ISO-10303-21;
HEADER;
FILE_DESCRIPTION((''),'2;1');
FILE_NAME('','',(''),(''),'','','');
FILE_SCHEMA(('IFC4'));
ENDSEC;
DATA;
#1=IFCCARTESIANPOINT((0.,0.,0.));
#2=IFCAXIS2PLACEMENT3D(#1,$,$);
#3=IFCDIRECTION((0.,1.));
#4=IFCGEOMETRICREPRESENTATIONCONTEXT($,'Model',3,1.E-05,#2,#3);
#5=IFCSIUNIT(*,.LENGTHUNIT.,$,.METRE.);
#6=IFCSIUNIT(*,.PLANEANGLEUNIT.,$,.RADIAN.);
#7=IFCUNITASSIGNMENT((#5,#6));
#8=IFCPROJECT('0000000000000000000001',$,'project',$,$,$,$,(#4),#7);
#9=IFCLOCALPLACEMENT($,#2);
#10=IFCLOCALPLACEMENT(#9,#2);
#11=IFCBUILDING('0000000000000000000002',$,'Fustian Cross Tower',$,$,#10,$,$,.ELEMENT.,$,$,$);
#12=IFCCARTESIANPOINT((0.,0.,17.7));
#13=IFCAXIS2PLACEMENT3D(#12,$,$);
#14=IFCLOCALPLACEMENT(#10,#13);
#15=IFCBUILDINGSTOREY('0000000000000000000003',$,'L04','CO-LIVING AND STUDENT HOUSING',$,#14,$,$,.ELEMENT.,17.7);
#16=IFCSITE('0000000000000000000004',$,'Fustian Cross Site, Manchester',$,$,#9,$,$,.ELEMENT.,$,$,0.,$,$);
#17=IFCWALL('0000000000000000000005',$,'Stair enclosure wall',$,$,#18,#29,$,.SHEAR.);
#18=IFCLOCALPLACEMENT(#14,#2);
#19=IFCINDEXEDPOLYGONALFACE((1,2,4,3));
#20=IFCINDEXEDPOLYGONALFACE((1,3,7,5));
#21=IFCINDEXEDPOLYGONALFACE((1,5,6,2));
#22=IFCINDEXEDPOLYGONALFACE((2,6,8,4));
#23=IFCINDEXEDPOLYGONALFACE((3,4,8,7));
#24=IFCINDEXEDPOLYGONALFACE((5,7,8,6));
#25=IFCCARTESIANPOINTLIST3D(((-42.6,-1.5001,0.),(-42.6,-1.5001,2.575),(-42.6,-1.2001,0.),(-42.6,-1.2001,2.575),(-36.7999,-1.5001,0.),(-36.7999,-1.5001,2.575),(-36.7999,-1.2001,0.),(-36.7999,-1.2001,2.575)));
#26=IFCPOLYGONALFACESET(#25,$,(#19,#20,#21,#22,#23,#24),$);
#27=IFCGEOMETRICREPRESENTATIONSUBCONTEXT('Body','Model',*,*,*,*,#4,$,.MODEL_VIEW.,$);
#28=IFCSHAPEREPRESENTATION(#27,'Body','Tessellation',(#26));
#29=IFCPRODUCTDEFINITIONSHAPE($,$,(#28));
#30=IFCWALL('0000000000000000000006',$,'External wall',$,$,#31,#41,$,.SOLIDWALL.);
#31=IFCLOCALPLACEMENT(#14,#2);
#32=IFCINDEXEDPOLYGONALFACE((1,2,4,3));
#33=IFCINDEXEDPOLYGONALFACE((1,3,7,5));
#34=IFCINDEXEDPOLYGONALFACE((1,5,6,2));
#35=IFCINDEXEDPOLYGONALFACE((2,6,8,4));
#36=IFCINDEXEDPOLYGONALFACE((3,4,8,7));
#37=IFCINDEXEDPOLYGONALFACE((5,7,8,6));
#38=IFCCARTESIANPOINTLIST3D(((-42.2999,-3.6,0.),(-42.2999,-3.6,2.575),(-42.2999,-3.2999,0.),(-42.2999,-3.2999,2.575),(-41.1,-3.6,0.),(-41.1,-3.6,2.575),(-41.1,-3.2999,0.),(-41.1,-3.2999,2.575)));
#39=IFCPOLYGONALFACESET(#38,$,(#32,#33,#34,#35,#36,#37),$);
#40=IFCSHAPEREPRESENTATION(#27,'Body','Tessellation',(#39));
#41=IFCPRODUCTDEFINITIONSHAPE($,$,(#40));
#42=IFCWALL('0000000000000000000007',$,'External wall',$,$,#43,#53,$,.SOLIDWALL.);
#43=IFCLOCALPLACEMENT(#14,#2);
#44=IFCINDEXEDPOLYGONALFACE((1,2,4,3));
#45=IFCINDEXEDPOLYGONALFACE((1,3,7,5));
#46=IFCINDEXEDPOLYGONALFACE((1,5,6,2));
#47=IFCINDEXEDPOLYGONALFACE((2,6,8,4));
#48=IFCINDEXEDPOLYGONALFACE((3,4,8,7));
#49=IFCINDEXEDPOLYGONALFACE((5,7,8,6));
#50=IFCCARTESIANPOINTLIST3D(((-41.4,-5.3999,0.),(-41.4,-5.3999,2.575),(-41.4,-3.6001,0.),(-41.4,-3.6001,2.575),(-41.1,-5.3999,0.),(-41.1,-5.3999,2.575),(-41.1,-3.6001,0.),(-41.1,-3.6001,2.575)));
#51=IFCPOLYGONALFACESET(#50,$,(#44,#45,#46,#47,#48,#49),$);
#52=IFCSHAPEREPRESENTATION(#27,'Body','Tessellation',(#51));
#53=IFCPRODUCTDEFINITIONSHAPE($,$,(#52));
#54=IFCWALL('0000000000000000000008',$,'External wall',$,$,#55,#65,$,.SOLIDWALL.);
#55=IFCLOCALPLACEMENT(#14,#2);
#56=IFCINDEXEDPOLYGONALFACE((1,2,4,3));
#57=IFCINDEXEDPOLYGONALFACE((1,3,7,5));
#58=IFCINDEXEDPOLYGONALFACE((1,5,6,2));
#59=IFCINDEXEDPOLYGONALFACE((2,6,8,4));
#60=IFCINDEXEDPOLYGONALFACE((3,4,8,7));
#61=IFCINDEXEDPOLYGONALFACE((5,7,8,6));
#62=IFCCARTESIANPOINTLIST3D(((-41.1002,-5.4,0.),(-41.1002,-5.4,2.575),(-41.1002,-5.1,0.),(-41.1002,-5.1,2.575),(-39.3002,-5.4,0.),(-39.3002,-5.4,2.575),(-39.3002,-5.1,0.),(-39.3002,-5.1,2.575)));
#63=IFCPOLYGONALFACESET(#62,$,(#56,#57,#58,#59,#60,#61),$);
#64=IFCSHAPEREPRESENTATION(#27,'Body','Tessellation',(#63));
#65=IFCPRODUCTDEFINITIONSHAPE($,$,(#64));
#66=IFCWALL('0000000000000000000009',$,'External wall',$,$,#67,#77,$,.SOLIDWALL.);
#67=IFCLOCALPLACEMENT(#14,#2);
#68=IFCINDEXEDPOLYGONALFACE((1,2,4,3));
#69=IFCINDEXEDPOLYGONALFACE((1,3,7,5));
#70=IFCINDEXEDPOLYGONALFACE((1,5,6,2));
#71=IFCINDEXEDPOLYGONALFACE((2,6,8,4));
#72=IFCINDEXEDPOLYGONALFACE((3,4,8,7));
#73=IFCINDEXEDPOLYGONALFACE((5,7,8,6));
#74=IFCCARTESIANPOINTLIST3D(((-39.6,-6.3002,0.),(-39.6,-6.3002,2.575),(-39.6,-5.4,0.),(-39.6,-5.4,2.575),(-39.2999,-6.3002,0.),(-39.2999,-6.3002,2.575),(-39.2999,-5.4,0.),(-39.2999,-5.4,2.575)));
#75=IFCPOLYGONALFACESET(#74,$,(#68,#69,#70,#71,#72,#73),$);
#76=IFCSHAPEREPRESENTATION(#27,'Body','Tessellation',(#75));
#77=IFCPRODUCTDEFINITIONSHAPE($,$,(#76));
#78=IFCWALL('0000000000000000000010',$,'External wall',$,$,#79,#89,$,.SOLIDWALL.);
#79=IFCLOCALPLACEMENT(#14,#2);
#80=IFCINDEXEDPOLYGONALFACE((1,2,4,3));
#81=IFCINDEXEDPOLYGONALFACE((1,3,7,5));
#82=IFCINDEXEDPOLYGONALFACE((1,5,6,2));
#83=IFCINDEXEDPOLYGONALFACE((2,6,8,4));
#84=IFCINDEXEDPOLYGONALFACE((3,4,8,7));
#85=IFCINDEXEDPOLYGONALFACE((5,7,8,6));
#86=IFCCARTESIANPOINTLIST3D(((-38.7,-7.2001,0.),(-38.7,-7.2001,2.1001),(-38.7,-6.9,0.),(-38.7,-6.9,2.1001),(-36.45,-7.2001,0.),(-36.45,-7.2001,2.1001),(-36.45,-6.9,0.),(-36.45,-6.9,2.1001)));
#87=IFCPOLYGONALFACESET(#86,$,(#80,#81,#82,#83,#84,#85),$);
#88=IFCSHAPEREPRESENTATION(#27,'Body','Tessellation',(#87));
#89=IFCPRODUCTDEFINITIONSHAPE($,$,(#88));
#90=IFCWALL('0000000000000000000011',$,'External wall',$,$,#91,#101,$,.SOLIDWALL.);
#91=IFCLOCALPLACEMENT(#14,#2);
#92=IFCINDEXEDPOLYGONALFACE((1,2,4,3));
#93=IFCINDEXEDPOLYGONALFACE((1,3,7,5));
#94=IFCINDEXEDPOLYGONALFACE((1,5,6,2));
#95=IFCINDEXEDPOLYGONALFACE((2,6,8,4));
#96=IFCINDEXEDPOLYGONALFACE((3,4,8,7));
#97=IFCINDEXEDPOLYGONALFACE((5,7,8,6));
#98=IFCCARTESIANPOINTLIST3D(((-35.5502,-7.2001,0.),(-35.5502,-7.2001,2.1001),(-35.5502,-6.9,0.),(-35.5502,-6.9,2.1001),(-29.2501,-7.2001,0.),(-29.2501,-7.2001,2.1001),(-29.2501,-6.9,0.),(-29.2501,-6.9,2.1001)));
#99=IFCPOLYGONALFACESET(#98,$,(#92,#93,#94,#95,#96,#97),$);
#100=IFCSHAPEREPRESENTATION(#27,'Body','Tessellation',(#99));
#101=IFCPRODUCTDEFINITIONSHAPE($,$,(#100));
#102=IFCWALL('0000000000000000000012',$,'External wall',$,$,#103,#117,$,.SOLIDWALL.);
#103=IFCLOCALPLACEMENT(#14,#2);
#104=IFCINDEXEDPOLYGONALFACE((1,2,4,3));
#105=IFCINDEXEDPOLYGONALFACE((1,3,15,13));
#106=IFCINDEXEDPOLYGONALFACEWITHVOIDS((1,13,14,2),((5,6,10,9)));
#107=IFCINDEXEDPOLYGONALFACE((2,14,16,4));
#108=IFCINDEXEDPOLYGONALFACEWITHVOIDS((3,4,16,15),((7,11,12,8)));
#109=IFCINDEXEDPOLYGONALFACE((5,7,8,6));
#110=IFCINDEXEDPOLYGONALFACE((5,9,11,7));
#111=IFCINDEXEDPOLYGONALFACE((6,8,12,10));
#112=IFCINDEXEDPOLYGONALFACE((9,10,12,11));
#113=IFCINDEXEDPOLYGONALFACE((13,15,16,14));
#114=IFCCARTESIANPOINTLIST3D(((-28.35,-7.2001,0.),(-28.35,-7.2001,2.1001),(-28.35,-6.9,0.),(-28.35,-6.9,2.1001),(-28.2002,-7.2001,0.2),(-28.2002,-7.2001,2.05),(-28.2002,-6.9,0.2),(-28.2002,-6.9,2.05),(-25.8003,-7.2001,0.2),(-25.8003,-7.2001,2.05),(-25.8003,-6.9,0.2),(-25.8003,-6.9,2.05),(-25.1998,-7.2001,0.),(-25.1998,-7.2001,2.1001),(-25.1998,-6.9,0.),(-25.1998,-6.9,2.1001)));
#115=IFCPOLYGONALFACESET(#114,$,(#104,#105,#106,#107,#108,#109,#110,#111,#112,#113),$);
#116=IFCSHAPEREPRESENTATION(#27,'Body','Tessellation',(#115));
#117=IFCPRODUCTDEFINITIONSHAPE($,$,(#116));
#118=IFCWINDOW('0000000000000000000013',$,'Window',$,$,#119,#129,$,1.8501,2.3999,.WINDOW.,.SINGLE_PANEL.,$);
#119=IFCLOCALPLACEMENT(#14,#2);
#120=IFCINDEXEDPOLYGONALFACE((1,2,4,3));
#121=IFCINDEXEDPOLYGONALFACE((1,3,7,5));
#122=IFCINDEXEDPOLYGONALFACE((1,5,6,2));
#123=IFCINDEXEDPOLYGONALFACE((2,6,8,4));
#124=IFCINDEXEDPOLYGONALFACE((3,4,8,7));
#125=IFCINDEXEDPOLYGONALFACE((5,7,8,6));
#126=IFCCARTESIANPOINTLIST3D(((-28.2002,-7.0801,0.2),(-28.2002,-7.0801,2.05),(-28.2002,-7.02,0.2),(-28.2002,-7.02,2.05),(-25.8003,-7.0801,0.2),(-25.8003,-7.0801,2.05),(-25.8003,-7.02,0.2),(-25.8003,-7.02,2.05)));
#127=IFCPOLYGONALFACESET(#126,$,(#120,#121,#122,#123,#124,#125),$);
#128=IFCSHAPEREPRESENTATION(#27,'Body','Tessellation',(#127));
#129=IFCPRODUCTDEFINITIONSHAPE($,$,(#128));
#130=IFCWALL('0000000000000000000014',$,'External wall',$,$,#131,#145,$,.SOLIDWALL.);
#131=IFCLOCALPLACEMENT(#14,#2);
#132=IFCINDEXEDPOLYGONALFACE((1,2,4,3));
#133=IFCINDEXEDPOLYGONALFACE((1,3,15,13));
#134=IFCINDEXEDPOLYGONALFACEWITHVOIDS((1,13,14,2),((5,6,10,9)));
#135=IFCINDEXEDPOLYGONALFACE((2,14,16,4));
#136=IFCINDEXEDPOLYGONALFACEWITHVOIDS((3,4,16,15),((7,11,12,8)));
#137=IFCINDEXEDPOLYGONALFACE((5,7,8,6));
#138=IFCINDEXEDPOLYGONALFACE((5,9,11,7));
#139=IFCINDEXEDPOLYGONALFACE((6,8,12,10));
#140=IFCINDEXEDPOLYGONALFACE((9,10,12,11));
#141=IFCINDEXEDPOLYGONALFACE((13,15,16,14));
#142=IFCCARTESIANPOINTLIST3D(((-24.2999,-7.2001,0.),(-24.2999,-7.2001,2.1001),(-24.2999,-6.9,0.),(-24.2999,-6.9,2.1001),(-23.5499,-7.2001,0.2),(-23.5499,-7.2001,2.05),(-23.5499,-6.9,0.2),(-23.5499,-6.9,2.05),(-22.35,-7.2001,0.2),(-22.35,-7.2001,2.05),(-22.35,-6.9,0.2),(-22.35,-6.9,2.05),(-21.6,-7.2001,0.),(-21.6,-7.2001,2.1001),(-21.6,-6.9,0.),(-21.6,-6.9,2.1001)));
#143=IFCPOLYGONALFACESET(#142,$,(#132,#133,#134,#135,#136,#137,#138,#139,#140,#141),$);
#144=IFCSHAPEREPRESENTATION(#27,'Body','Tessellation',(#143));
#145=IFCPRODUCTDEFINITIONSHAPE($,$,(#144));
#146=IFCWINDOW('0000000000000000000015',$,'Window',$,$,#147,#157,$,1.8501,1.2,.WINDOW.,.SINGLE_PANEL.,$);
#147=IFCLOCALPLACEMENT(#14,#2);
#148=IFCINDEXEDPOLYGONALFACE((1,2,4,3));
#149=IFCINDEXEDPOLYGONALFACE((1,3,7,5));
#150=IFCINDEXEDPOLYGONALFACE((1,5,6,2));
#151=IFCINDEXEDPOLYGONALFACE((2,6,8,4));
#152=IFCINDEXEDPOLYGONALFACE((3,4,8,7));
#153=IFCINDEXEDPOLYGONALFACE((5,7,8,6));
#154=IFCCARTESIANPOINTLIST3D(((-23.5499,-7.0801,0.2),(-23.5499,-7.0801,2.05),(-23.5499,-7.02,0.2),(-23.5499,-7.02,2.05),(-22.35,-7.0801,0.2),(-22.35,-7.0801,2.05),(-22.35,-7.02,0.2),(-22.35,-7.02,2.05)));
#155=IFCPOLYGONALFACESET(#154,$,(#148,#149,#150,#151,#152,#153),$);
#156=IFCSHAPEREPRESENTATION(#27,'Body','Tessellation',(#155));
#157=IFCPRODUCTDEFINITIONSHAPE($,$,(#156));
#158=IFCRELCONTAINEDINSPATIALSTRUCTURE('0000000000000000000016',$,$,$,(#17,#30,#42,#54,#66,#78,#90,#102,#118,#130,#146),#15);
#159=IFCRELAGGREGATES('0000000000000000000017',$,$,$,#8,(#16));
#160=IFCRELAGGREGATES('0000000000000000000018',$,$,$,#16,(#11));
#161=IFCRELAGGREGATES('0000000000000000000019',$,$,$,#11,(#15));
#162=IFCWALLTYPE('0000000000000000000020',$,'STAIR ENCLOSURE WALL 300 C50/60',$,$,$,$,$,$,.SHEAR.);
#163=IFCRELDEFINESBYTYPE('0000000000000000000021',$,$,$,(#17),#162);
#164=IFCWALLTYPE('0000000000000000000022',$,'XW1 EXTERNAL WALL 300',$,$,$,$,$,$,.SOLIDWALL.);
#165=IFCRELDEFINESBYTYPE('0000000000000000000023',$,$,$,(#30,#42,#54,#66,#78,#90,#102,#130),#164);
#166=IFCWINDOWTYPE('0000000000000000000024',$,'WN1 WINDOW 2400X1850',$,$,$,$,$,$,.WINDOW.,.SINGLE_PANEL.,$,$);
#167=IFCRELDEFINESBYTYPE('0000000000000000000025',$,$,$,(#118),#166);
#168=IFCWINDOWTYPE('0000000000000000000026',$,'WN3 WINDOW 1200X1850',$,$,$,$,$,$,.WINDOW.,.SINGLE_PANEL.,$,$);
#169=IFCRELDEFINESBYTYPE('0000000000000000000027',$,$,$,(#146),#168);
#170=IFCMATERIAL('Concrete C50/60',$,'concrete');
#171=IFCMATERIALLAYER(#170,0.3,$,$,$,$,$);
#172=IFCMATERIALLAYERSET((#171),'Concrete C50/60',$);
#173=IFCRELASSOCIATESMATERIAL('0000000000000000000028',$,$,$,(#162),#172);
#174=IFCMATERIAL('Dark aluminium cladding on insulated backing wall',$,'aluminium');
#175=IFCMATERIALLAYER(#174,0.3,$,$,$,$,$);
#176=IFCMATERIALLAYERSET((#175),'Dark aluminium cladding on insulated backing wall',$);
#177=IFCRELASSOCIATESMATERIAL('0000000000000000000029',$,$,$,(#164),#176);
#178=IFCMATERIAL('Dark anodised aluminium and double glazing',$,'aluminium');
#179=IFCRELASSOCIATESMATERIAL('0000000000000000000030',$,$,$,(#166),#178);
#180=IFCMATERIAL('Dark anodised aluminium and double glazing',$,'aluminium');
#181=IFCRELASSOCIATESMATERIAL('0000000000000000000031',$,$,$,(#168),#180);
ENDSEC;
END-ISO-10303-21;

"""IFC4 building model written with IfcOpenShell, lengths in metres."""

from ifc_helpers import new_model, si_unit, direction, frame, frame_2d, origin, place, context, subcontext, project, spatial, rectangle, extrude, material, layer, layer_set, type_object, element, fill, save


model = new_model("IFC4")

# Units and contexts
model_context = context("Model", 3, precision=1e-05, world=origin(), true_north=direction((0.0, 1.0)))
body_context = subcontext(model_context, "Body", "Model", "MODEL_VIEW")
ifc_project = project(units=[si_unit("LENGTHUNIT", "METRE"), si_unit("PLANEANGLEUNIT", "RADIAN")], contexts=[model_context])

# Site, building, storey
site_placement = place(None, origin())
site = spatial("IfcSite", under=ifc_project, at=site_placement, Name="Fustian Cross Site, Manchester", CompositionType="ELEMENT", RefElevation=0.0)
building_placement = place(site_placement, origin())
building = spatial("IfcBuilding", under=site, at=building_placement, Name="Fustian Cross Tower", CompositionType="ELEMENT")
storey_placement = place(building_placement, frame((0.0, 0.0, 17.7)))
storey = spatial("IfcBuildingStorey", under=building, at=storey_placement, Name="L04", Description="CO-LIVING AND STUDENT HOUSING", CompositionType="ELEMENT", Elevation=17.7)

# Shared definitions
ifc_material_1 = material(Name="Concrete C50/60", Category="concrete")
ifc_layer_1 = layer(ifc_material_1, 0.3)
ifc_layer_set_1 = layer_set([ifc_layer_1], Name="Concrete C50/60")
wall_type_1 = type_object("IfcWallType", Name="STAIR ENCLOSURE WALL 300 C50/60", PredefinedType="SHEAR", material=ifc_layer_set_1)

# Walls
wall_1_placement = place(storey_placement, frame((-36.8, -1.3501, 0.0), z_axis=(0.0, 0.0, 1.0), x_axis=(-1.0, 0.0, 0.0)))
element("IfcWall", 1, at=wall_1_placement, inside=storey, type_object=wall_type_1, Name="Stair enclosure wall", PredefinedType="SHEAR", context=body_context, shape_type="SweptSolid", body=[
    extrude(rectangle(XDim=5.8, YDim=0.3, at=frame_2d((2.8999, 0.0))), origin(), (0.0, 0.0, 1.0), 2.575),
])
ifc_material_2 = material(Name="Dark aluminium cladding on insulated backing wall", Category="aluminium")
ifc_layer_2 = layer(ifc_material_2, 0.3)
ifc_layer_set_2 = layer_set([ifc_layer_2], Name="Dark aluminium cladding on insulated backing wall")
wall_type_2 = type_object("IfcWallType", Name="XW1 EXTERNAL WALL 300", PredefinedType="SOLIDWALL", material=ifc_layer_set_2)
wall_2_placement = place(storey_placement, frame((-42.3, -3.45, 0.0), z_axis=(0.0, 0.0, 1.0), x_axis=(1.0, 0.0, 0.0)))
element("IfcWall", 2, at=wall_2_placement, inside=storey, type_object=wall_type_2, Name="External wall", PredefinedType="SOLIDWALL", context=body_context, shape_type="SweptSolid", body=[
    extrude(rectangle(XDim=1.2, YDim=0.3, at=frame_2d((0.6001, 0.0))), origin(), (0.0, 0.0, 1.0), 2.575),
])
wall_3_placement = place(storey_placement, frame((-41.25, -3.6001, 0.0), z_axis=(0.0, 0.0, 1.0), x_axis=(0.0, -1.0, 0.0)))
element("IfcWall", 3, at=wall_3_placement, inside=storey, type_object=wall_type_2, Name="External wall", PredefinedType="SOLIDWALL", context=body_context, shape_type="SweptSolid", body=[
    extrude(rectangle(XDim=1.7998, YDim=0.3, at=frame_2d((0.8999, 0.0))), origin(), (0.0, 0.0, 1.0), 2.575),
])
wall_4_placement = place(storey_placement, frame((-41.1001, -5.25, 0.0), z_axis=(0.0, 0.0, 1.0), x_axis=(1.0, 0.0, 0.0)))
element("IfcWall", 4, at=wall_4_placement, inside=storey, type_object=wall_type_2, Name="External wall", PredefinedType="SOLIDWALL", context=body_context, shape_type="SweptSolid", body=[
    extrude(rectangle(XDim=1.8, YDim=0.3, at=frame_2d((0.8999, 0.0))), origin(), (0.0, 0.0, 1.0), 2.575),
])
wall_5_placement = place(storey_placement, frame((-39.45, -5.3999, 0.0), z_axis=(0.0, 0.0, 1.0), x_axis=(0.0, -1.0, 0.0)))
element("IfcWall", 5, at=wall_5_placement, inside=storey, type_object=wall_type_2, Name="External wall", PredefinedType="SOLIDWALL", context=body_context, shape_type="SweptSolid", body=[
    extrude(rectangle(XDim=0.9001, YDim=0.3, at=frame_2d((0.4502, 0.0))), origin(), (0.0, 0.0, 1.0), 2.575),
])
wall_6_placement = place(storey_placement, frame((-38.7, -7.05, 0.0), z_axis=(0.0, 0.0, 1.0), x_axis=(1.0, 0.0, 0.0)))
element("IfcWall", 6, at=wall_6_placement, inside=storey, type_object=wall_type_2, Name="External wall", PredefinedType="SOLIDWALL", context=body_context, shape_type="SweptSolid", body=[
    extrude(rectangle(XDim=2.25, YDim=0.3, at=frame_2d((1.125, 0.0))), origin(), (0.0, 0.0, 1.0), 2.1001),
])
wall_7_placement = place(storey_placement, frame((-35.55, -7.05, 0.0), z_axis=(0.0, 0.0, 1.0), x_axis=(1.0, 0.0, 0.0)))
element("IfcWall", 7, at=wall_7_placement, inside=storey, type_object=wall_type_2, Name="External wall", PredefinedType="SOLIDWALL", context=body_context, shape_type="SweptSolid", body=[
    extrude(rectangle(XDim=6.3, YDim=0.3, at=frame_2d((3.1499, 0.0))), origin(), (0.0, 0.0, 1.0), 2.1001),
])

# Walls, openings, windows
wall_8_placement = place(storey_placement, frame((-28.3501, -7.05, 0.0), z_axis=(0.0, 0.0, 1.0), x_axis=(1.0, 0.0, 0.0)))
wall_8 = element("IfcWall", 8, at=wall_8_placement, inside=storey, type_object=wall_type_2, Name="External wall", PredefinedType="SOLIDWALL", context=body_context, shape_type="SweptSolid", body=[
    extrude(rectangle(XDim=3.1501, YDim=0.3, at=frame_2d((1.5752, 0.0))), origin(), (0.0, 0.0, 1.0), 2.1001),
])
opening_1_placement = place(wall_8_placement, frame((0.1499, 0.0, 0.2)))
opening_1 = element("IfcOpeningElement", 9, at=opening_1_placement, cuts=wall_8, PredefinedType="OPENING", context=body_context, shape_type="SweptSolid", body=[
    extrude(rectangle(XDim=2.3999, YDim=1.8501, at=frame_2d((1.2, 0.925))), frame((0.0, 0.1599, 0.0), z_axis=(0.0, -1.0, 0.0), x_axis=(1.0, 0.0, 0.0)), (0.0, 0.0, 1.0), 0.3201),
])
ifc_material_3 = material(Name="Dark anodised aluminium and double glazing", Category="aluminium")
window_type_1 = type_object("IfcWindowType", Name="WN1 WINDOW 2400X1850", PartitioningType="SINGLE_PANEL", PredefinedType="WINDOW", material=ifc_material_3)
window_1_placement = place(opening_1_placement, origin())
window_1 = element("IfcWindow", 10, at=window_1_placement, inside=storey, type_object=window_type_1, Name="Window", OverallHeight=1.8501, OverallWidth=2.3999, PartitioningType="SINGLE_PANEL", PredefinedType="WINDOW", context=body_context, shape_type="SweptSolid", body=[
    extrude(rectangle(XDim=2.3999, YDim=1.8501, at=frame_2d((1.2, 0.925))), frame((0.0, 0.03, 0.0), z_axis=(0.0, -1.0, 0.0), x_axis=(1.0, 0.0, 0.0)), (0.0, 0.0, 1.0), 0.0601),
])
fill(opening_1, window_1)
wall_9_placement = place(storey_placement, frame((-24.3, -7.05, 0.0), z_axis=(0.0, 0.0, 1.0), x_axis=(1.0, 0.0, 0.0)))
wall_9 = element("IfcWall", 11, at=wall_9_placement, inside=storey, type_object=wall_type_2, Name="External wall", PredefinedType="SOLIDWALL", context=body_context, shape_type="SweptSolid", body=[
    extrude(rectangle(XDim=2.7, YDim=0.3, at=frame_2d((1.3501, 0.0))), origin(), (0.0, 0.0, 1.0), 2.1001),
])
opening_2_placement = place(wall_9_placement, frame((0.75, 0.0, 0.2)))
opening_2 = element("IfcOpeningElement", 12, at=opening_2_placement, cuts=wall_9, PredefinedType="OPENING", context=body_context, shape_type="SweptSolid", body=[
    extrude(rectangle(XDim=1.2, YDim=1.8501, at=frame_2d((0.6001, 0.925))), frame((0.0, 0.1599, 0.0), z_axis=(0.0, -1.0, 0.0), x_axis=(1.0, 0.0, 0.0)), (0.0, 0.0, 1.0), 0.3201),
])
ifc_material_4 = material(Name="Dark anodised aluminium and double glazing", Category="aluminium")
window_type_2 = type_object("IfcWindowType", Name="WN3 WINDOW 1200X1850", PartitioningType="SINGLE_PANEL", PredefinedType="WINDOW", material=ifc_material_4)
window_2_placement = place(opening_2_placement, origin())
window_2 = element("IfcWindow", 13, at=window_2_placement, inside=storey, type_object=window_type_2, Name="Window", OverallHeight=1.8501, OverallWidth=1.2, PartitioningType="SINGLE_PANEL", PredefinedType="WINDOW", context=body_context, shape_type="SweptSolid", body=[
    extrude(rectangle(XDim=1.2, YDim=1.8501, at=frame_2d((0.6001, 0.925))), frame((0.0, 0.03, 0.0), z_axis=(0.0, -1.0, 0.0), x_axis=(1.0, 0.0, 0.0)), (0.0, 0.0, 1.0), 0.0601),
])
fill(opening_2, window_2)

save(model, "model.ifc")
